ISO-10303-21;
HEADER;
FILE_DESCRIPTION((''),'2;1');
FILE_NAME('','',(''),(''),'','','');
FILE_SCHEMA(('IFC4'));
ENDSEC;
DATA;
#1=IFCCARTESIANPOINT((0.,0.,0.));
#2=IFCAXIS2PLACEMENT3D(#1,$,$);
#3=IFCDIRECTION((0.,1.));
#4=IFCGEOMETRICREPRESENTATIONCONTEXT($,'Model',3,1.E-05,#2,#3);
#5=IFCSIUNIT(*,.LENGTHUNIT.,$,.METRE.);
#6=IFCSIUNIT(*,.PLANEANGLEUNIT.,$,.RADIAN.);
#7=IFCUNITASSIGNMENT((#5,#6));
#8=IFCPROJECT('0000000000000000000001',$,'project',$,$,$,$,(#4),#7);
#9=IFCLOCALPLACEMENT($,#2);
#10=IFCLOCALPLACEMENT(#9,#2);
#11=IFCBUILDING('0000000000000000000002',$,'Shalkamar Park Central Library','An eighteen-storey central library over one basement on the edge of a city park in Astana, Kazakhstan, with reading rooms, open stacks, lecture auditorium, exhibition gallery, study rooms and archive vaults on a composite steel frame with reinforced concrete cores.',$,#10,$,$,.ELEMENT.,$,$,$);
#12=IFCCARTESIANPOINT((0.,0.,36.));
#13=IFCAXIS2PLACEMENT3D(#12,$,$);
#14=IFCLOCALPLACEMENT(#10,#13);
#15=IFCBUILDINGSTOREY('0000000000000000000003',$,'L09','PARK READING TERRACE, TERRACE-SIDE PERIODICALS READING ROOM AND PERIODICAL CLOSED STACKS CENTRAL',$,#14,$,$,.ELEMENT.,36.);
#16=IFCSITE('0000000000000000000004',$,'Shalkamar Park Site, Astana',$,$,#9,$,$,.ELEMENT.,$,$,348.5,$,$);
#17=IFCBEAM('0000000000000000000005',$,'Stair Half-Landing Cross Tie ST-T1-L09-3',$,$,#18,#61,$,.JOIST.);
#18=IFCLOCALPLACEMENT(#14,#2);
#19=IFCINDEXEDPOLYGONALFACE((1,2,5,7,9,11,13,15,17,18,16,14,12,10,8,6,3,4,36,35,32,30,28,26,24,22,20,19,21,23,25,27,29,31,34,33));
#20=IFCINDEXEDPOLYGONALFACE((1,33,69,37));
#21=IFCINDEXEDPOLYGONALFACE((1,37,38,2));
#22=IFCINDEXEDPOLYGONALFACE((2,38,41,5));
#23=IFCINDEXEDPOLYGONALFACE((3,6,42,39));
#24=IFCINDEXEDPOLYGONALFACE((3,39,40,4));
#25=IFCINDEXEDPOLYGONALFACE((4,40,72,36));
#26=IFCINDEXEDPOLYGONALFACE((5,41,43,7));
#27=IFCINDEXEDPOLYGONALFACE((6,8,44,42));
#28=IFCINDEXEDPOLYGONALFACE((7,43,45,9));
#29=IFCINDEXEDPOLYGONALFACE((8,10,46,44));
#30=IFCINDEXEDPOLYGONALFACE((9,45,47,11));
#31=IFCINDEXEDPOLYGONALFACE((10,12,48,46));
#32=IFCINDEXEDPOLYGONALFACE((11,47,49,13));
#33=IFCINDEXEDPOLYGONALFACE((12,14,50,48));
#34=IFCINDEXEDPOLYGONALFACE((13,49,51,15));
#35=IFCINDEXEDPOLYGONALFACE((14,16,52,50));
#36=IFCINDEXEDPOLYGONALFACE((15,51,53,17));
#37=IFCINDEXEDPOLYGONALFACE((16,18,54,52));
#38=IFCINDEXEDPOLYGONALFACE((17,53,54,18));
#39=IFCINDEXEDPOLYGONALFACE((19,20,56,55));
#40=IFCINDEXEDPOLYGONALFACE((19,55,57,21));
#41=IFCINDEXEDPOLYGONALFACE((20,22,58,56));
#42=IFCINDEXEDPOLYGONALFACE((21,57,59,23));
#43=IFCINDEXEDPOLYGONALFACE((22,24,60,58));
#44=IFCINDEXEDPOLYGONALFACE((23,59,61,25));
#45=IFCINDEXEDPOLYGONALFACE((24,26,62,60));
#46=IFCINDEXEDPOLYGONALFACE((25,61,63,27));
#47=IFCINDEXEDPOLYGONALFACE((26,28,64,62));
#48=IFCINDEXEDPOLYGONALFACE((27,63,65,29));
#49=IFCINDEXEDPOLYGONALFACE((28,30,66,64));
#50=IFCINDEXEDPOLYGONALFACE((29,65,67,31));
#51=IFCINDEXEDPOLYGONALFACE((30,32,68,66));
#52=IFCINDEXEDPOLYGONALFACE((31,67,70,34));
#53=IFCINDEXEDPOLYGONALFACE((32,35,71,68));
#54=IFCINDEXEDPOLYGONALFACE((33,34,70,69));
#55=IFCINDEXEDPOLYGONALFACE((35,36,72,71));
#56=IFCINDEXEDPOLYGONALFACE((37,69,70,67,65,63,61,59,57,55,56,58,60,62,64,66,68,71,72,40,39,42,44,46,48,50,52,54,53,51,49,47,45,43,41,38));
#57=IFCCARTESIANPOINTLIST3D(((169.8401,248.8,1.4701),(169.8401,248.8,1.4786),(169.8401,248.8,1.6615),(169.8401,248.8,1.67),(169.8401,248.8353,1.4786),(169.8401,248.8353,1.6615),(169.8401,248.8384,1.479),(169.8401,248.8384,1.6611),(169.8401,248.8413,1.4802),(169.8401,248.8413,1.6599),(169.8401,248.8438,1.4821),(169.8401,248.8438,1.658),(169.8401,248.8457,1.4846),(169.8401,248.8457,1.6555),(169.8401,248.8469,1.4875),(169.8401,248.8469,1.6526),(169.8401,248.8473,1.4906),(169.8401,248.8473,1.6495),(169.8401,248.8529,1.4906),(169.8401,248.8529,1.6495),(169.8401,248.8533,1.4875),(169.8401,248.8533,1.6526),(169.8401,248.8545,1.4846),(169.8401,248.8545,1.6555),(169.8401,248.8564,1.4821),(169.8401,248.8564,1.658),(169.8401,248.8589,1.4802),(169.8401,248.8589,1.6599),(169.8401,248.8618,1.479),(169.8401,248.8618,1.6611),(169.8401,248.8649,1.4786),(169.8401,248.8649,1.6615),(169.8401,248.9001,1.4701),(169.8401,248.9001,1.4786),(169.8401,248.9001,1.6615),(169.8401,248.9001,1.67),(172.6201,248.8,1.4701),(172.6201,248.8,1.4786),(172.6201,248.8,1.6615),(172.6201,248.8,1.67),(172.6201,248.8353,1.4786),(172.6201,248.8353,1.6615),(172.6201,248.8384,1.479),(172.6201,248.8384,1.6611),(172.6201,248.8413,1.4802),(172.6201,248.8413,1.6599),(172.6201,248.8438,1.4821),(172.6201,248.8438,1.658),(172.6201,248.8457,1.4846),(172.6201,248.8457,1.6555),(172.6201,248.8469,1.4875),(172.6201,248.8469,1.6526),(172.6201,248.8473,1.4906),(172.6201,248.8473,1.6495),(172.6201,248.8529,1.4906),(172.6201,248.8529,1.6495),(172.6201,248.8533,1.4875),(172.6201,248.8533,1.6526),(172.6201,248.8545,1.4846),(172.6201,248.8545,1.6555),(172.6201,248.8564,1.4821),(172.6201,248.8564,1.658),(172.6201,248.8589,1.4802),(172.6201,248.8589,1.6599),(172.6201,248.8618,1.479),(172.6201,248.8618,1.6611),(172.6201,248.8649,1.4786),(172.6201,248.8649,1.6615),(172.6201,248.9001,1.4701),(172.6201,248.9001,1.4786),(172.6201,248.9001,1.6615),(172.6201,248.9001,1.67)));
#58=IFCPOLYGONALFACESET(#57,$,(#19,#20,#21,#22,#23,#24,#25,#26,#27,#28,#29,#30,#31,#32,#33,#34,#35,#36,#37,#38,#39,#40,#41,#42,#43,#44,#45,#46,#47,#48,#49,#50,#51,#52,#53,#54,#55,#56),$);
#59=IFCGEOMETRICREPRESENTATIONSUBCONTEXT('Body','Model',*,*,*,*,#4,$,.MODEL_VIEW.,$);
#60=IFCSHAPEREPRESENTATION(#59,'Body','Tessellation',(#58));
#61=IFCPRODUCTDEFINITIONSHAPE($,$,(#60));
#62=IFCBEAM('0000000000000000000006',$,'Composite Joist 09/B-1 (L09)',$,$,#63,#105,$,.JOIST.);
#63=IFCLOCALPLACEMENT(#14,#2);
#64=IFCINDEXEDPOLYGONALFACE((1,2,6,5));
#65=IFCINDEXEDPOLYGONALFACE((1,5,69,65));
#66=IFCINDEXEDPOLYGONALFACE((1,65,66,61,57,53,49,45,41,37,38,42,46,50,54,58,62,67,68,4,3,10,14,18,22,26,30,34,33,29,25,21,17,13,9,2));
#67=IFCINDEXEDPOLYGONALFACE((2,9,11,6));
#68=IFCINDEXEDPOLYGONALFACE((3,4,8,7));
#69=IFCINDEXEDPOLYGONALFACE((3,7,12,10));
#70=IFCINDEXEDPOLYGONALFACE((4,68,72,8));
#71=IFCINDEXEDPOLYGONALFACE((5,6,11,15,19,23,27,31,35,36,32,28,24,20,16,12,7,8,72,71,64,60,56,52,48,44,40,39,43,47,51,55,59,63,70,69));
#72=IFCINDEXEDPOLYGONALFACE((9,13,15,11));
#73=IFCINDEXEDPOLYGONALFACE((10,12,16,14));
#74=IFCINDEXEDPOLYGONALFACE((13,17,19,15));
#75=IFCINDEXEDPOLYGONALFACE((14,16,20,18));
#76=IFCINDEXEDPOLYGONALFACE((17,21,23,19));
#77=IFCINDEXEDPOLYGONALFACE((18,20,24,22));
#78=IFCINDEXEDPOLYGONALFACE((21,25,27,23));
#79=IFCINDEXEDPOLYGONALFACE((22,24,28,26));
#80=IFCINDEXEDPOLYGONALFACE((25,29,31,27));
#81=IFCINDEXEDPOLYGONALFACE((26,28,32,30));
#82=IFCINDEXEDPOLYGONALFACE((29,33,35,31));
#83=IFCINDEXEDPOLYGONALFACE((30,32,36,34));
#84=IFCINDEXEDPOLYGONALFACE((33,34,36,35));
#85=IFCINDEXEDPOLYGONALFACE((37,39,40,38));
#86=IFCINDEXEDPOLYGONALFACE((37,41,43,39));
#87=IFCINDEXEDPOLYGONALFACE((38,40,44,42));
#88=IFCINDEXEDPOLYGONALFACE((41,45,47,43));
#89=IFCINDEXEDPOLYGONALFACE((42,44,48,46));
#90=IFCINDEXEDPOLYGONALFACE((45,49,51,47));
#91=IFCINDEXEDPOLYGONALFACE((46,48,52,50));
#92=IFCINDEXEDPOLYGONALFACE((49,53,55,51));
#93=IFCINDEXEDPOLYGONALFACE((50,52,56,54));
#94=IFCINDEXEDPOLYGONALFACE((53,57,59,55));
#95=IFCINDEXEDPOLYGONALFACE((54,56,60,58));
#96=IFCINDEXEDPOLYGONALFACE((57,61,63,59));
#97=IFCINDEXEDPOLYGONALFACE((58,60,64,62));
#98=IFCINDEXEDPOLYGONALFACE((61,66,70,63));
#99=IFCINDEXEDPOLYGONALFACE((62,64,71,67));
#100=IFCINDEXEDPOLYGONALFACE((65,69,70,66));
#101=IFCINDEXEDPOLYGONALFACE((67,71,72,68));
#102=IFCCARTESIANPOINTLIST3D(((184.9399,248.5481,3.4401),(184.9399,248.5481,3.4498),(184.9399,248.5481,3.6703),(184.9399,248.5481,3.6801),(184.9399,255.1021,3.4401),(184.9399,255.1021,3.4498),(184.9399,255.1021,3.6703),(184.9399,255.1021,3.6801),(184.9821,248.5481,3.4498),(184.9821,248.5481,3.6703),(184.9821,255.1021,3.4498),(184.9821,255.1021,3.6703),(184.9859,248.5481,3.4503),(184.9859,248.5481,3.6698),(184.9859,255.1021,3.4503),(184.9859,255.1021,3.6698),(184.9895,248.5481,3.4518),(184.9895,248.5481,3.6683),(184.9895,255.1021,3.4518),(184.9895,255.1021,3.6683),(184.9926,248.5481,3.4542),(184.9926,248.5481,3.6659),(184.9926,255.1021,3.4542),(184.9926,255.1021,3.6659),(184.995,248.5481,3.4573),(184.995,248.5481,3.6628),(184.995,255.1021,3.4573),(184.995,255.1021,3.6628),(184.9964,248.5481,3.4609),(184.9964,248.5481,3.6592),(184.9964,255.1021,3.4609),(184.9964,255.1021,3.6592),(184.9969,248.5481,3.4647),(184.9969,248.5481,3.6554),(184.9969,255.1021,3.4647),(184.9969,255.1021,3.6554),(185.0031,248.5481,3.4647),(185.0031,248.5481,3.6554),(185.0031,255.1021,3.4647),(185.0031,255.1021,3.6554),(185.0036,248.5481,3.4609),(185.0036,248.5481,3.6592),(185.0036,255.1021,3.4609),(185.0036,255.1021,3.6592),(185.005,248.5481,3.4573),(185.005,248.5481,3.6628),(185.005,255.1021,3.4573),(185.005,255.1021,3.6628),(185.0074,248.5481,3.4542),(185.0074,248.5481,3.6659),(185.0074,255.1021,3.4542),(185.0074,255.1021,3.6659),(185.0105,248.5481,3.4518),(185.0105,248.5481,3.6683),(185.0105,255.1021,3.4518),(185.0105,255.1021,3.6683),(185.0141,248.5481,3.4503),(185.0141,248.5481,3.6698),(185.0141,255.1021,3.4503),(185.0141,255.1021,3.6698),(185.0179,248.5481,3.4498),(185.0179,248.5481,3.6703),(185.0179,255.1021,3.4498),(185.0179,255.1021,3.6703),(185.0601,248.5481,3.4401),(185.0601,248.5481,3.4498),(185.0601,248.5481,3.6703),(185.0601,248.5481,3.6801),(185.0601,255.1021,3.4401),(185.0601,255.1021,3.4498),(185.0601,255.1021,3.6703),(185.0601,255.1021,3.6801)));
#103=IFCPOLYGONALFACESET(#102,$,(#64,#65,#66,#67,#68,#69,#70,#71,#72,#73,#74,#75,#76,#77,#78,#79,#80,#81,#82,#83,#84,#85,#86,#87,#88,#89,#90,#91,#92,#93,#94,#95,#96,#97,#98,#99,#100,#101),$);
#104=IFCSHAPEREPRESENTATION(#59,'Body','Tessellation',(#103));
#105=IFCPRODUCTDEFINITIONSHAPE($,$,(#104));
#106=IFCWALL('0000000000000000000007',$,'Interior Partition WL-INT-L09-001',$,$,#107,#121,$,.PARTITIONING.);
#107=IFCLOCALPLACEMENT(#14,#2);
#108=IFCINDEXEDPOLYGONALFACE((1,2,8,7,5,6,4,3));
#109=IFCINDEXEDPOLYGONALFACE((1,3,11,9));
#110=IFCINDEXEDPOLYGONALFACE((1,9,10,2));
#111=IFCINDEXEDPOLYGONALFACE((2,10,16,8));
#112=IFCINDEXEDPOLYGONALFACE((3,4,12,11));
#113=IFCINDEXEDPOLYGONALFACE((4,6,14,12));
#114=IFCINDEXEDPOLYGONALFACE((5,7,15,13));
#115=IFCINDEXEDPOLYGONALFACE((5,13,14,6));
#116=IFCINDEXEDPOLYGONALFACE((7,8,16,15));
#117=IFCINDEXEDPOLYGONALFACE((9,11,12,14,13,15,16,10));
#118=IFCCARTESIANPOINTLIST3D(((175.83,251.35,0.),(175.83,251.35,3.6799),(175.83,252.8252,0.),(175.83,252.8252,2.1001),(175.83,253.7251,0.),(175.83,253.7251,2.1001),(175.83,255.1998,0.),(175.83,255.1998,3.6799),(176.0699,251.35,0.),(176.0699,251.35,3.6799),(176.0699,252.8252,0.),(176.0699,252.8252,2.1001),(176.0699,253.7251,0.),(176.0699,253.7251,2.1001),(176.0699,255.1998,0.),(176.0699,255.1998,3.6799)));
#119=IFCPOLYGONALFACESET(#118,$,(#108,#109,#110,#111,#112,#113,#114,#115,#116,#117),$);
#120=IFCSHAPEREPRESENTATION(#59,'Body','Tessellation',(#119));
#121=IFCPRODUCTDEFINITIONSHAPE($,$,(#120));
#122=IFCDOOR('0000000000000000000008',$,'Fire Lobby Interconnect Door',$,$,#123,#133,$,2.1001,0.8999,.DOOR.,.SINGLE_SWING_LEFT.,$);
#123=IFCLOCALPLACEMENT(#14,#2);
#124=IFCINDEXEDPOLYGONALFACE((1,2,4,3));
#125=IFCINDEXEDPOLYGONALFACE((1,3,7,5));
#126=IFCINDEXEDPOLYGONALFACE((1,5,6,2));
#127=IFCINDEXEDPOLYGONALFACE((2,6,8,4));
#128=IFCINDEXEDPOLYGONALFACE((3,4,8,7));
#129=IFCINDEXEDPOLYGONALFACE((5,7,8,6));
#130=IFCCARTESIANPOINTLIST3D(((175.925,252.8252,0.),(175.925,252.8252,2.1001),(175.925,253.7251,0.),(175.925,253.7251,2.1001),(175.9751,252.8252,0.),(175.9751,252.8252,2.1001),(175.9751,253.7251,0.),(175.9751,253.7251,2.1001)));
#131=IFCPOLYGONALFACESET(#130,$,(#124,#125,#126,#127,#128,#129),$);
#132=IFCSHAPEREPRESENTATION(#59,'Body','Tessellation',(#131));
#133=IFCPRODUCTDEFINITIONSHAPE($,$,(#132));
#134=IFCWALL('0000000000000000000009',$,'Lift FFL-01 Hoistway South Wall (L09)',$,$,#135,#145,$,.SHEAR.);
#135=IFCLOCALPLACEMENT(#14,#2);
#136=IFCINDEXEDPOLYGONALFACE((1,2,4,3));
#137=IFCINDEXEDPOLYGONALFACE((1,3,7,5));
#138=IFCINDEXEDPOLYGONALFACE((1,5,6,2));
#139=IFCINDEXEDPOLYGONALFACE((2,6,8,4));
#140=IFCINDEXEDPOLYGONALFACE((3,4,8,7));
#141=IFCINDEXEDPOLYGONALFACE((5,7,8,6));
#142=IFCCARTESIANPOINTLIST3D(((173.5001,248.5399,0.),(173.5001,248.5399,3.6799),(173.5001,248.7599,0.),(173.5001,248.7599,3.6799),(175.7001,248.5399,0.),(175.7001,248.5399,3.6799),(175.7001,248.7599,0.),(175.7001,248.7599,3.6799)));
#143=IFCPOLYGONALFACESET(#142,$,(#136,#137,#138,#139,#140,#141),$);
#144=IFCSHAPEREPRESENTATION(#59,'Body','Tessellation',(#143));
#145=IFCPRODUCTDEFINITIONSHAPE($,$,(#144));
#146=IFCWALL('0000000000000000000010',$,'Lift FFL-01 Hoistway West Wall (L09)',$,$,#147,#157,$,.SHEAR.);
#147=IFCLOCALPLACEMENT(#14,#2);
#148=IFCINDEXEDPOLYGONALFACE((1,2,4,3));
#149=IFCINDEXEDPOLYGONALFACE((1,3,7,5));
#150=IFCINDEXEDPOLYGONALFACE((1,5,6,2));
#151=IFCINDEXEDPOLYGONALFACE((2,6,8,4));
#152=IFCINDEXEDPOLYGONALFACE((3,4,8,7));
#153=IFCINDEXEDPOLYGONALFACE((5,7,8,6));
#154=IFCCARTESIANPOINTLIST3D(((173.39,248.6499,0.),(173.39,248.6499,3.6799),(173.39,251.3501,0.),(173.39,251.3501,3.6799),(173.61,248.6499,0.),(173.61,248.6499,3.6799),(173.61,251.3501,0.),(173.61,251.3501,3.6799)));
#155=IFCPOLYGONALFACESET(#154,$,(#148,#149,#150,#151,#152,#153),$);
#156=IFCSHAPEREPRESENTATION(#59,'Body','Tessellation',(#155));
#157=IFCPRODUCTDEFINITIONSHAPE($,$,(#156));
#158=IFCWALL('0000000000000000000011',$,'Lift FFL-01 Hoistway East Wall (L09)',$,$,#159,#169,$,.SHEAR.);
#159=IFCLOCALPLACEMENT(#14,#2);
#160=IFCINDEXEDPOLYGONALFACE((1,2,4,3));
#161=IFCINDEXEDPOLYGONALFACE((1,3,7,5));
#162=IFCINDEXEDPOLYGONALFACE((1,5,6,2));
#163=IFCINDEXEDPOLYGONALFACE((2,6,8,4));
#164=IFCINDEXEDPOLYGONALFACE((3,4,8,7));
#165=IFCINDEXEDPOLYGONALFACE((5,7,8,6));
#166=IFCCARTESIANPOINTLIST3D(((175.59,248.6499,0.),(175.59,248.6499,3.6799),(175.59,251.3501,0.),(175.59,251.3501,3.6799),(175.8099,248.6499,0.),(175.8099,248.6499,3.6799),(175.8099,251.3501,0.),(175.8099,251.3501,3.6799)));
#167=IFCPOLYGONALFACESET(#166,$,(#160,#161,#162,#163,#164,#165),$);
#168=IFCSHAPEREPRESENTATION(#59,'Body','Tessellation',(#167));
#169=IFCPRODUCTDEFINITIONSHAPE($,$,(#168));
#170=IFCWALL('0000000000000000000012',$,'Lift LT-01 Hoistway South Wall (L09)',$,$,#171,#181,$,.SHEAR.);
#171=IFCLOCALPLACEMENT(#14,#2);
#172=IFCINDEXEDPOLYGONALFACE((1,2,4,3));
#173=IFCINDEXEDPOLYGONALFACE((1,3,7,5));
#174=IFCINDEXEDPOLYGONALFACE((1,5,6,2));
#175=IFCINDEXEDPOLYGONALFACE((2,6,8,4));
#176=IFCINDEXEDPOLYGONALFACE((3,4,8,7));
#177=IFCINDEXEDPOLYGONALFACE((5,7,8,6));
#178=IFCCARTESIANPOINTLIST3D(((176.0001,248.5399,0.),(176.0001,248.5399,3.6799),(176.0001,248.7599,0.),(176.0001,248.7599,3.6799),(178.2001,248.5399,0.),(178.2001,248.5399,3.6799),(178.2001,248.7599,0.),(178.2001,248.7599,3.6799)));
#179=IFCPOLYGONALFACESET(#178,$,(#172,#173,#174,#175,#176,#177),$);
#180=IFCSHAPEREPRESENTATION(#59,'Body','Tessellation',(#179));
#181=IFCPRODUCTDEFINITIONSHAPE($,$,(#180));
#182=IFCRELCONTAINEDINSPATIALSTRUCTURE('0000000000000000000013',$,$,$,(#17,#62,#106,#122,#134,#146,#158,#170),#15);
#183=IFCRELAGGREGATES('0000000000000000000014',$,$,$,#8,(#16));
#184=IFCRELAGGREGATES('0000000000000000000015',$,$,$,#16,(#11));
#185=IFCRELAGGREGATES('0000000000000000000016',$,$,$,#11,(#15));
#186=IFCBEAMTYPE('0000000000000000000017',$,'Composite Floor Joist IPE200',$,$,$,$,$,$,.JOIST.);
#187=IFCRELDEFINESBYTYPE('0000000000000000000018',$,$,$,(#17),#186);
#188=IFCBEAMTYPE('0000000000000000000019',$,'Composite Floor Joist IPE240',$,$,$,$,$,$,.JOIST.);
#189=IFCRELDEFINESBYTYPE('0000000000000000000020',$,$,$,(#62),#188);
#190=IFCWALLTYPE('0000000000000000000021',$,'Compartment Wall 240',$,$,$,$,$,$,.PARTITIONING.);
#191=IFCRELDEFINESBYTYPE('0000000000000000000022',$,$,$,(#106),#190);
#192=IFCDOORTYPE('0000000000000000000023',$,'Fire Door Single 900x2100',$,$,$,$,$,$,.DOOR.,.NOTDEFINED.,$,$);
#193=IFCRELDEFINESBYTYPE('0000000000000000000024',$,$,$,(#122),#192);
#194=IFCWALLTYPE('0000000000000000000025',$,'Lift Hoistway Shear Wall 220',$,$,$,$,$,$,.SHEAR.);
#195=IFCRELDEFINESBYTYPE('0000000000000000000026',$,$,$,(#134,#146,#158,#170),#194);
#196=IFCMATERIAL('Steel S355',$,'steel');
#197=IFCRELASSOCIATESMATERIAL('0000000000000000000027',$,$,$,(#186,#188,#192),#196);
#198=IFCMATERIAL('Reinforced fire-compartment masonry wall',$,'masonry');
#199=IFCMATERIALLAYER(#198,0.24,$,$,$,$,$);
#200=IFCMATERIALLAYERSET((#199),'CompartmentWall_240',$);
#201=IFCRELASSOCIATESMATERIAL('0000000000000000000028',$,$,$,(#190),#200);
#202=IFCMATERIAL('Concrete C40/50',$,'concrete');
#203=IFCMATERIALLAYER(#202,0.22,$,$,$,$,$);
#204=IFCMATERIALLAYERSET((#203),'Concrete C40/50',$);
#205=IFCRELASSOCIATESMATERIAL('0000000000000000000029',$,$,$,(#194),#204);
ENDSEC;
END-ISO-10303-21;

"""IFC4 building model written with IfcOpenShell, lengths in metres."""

from ifc_helpers import new_model, si_unit, direction, frame, frame_2d, origin, origin_2d, place, context, subcontext, project, spatial, rectangle, i_section, extrude, material, layer, layer_set, material_profile, profile_set, type_object, element, fill, save


model = new_model("IFC4")

# Units and contexts
model_context = context("Model", 3, precision=1e-05, world=origin(), true_north=direction((0.0, 1.0)))
body_context = subcontext(model_context, "Body", "Model", "MODEL_VIEW")
ifc_project = project(units=[si_unit("LENGTHUNIT", "METRE"), si_unit("PLANEANGLEUNIT", "RADIAN")], contexts=[model_context])

# Site, building, storey
site_placement = place(None, origin())
site = spatial("IfcSite", under=ifc_project, at=site_placement, Name="Shalkamar Park Site, Astana", CompositionType="ELEMENT", RefElevation=348.5)
building_placement = place(site_placement, origin())
building = spatial("IfcBuilding", under=site, at=building_placement, Name="Shalkamar Park Central Library", Description="An eighteen-storey central library over one basement on the edge of a city park in Astana, Kazakhstan, with reading rooms, open stacks, lecture auditorium, exhibition gallery, study rooms and archive vaults on a composite steel frame with reinforced concrete cores.", CompositionType="ELEMENT")
storey_placement = place(building_placement, frame((0.0, 0.0, 36.0)))
storey = spatial("IfcBuildingStorey", under=building, at=storey_placement, Name="L09", Description="PARK READING TERRACE, TERRACE-SIDE PERIODICALS READING ROOM AND PERIODICAL CLOSED STACKS CENTRAL", CompositionType="ELEMENT", Elevation=36.0)

# Beams
ifc_material_1 = material(Name="Steel S355", Category="steel")
ifc_material_profile_1 = material_profile(ifc_material_1, i_section(OverallWidth=0.1001, OverallDepth=0.2, WebThickness=0.0056, FlangeThickness=0.0085, FilletRadius=0.012, at=origin_2d()), Name="IPE 200")
ifc_profile_set_1 = profile_set([ifc_material_profile_1], Name="Steel S355")
beam_type_1 = type_object("IfcBeamType", Name="Composite Floor Joist IPE200", PredefinedType="JOIST", material=ifc_profile_set_1)
beam_1_placement = place(storey_placement, frame((169.8401, 248.8501, 1.5701), z_axis=(1.0, 0.0, 0.0), x_axis=(0.0, 1.0, 0.0)))
element("IfcBeam", 1, at=beam_1_placement, inside=storey, type_object=beam_type_1, Name="Stair Half-Landing Cross Tie ST-T1-L09-3", PredefinedType="JOIST", context=body_context, shape_type="SweptSolid", body=[
    extrude(i_section(OverallWidth=0.1001, OverallDepth=0.2, WebThickness=0.0056, FlangeThickness=0.0085, FilletRadius=0.012, at=origin_2d()), origin(), (0.0, 0.0, 1.0), 2.78),
])
ifc_material_profile_2 = material_profile(ifc_material_1, i_section(OverallWidth=0.1201, OverallDepth=0.24, WebThickness=0.0061, FlangeThickness=0.0098, FilletRadius=0.0149, at=origin_2d()), Name="IPE 240")
ifc_profile_set_2 = profile_set([ifc_material_profile_2], Name="Steel S355")
beam_type_2 = type_object("IfcBeamType", Name="Composite Floor Joist IPE240", PredefinedType="JOIST", material=ifc_profile_set_2)
beam_2_placement = place(storey_placement, frame((185.0, 248.5481, 3.5601), z_axis=(0.0, 1.0, 0.0), x_axis=(-1.0, 0.0, 0.0)))
element("IfcBeam", 2, at=beam_2_placement, inside=storey, type_object=beam_type_2, Name="Composite Joist 09/B-1 (L09)", PredefinedType="JOIST", context=body_context, shape_type="SweptSolid", body=[
    extrude(i_section(OverallWidth=0.1201, OverallDepth=0.24, WebThickness=0.0061, FlangeThickness=0.0098, FilletRadius=0.0149, at=origin_2d()), origin(), (0.0, 0.0, 1.0), 6.554),
])

# Wall, opening, door
ifc_material_2 = material(Name="Reinforced fire-compartment masonry wall", Category="masonry")
ifc_layer_1 = layer(ifc_material_2, 0.24)
ifc_layer_set_1 = layer_set([ifc_layer_1], Name="CompartmentWall_240")
wall_type_1 = type_object("IfcWallType", Name="Compartment Wall 240", PredefinedType="PARTITIONING", material=ifc_layer_set_1)
wall_1_placement = place(storey_placement, frame((175.95, 251.3501, 0.0), z_axis=(0.0, 0.0, 1.0), x_axis=(0.0, 1.0, 0.0)))
wall_1 = element("IfcWall", 3, at=wall_1_placement, inside=storey, type_object=wall_type_1, Name="Interior Partition WL-INT-L09-001", PredefinedType="PARTITIONING", context=body_context, shape_type="SweptSolid", body=[
    extrude(rectangle(XDim=3.8499, YDim=0.24, at=frame_2d((1.9248, 0.0))), origin(), (0.0, 0.0, 1.0), 3.6799),
])
opening_1_placement = place(wall_1_placement, frame((1.4751, 0.0, 0.0)))
opening_1 = element("IfcOpeningElement", 4, at=opening_1_placement, cuts=wall_1, PredefinedType="OPENING", context=body_context, shape_type="SweptSolid", body=[
    extrude(rectangle(XDim=0.8999, YDim=2.1001, at=frame_2d((0.45, 1.05))), frame((0.0, 0.1348, 0.0), z_axis=(0.0, -1.0, 0.0), x_axis=(1.0, 0.0, 0.0)), (0.0, 0.0, 1.0), 0.2698),
])
door_type_1 = type_object("IfcDoorType", Name="Fire Door Single 900x2100", OperationType="NOTDEFINED", PredefinedType="DOOR", material=ifc_material_1)
door_1_placement = place(opening_1_placement, origin())
door_1 = element("IfcDoor", 5, at=door_1_placement, inside=storey, type_object=door_type_1, Name="Fire Lobby Interconnect Door", OperationType="SINGLE_SWING_LEFT", OverallHeight=2.1001, OverallWidth=0.8999, PredefinedType="DOOR", context=body_context, shape_type="SweptSolid", body=[
    extrude(rectangle(XDim=0.8999, YDim=2.1001, at=frame_2d((0.45, 1.05))), frame((0.0, 0.0249, 0.0), z_axis=(0.0, -1.0, 0.0), x_axis=(1.0, 0.0, 0.0)), (0.0, 0.0, 1.0), 0.05),
])
fill(opening_1, door_1)

# Walls
ifc_material_3 = material(Name="Concrete C40/50", Category="concrete")
ifc_layer_2 = layer(ifc_material_3, 0.22)
ifc_layer_set_2 = layer_set([ifc_layer_2], Name="Concrete C40/50")
wall_type_2 = type_object("IfcWallType", Name="Lift Hoistway Shear Wall 220", PredefinedType="SHEAR", material=ifc_layer_set_2)
wall_2_placement = place(storey_placement, frame((173.5, 248.6499, 0.0), z_axis=(0.0, 0.0, 1.0), x_axis=(1.0, 0.0, 0.0)))
element("IfcWall", 6, at=wall_2_placement, inside=storey, type_object=wall_type_2, Name="Lift FFL-01 Hoistway South Wall (L09)", PredefinedType="SHEAR", context=body_context, shape_type="SweptSolid", body=[
    extrude(rectangle(XDim=2.2, YDim=0.22, at=frame_2d((1.1001, 0.0))), origin(), (0.0, 0.0, 1.0), 3.6799),
])
for number, where, z_axis, x_axis, name in (
    (7, (173.5, 248.6499, 0.0), (0.0, 0.0, 1.0), (0.0, 1.0, 0.0), "Lift FFL-01 Hoistway West Wall (L09)"),
    (8, (175.7, 248.6499, 0.0), (0.0, 0.0, 1.0), (0.0, 1.0, 0.0), "Lift FFL-01 Hoistway East Wall (L09)"),
):
    element("IfcWall", number, at=place(storey_placement, frame(where, z_axis=z_axis, x_axis=x_axis)), inside=storey, type_object=wall_type_2, Name=name, PredefinedType="SHEAR", context=body_context, shape_type="SweptSolid", body=[
        extrude(rectangle(XDim=2.7002, YDim=0.22, at=frame_2d((1.3501, 0.0))), origin(), (0.0, 0.0, 1.0), 3.6799),
    ])

# Wall
wall_3_placement = place(storey_placement, frame((176.0, 248.6499, 0.0), z_axis=(0.0, 0.0, 1.0), x_axis=(1.0, 0.0, 0.0)))
element("IfcWall", 9, at=wall_3_placement, inside=storey, type_object=wall_type_2, Name="Lift LT-01 Hoistway South Wall (L09)", PredefinedType="SHEAR", context=body_context, shape_type="SweptSolid", body=[
    extrude(rectangle(XDim=2.2, YDim=0.22, at=frame_2d((1.1001, 0.0))), origin(), (0.0, 0.0, 1.0), 3.6799),
])

save(model, "model.ifc")
